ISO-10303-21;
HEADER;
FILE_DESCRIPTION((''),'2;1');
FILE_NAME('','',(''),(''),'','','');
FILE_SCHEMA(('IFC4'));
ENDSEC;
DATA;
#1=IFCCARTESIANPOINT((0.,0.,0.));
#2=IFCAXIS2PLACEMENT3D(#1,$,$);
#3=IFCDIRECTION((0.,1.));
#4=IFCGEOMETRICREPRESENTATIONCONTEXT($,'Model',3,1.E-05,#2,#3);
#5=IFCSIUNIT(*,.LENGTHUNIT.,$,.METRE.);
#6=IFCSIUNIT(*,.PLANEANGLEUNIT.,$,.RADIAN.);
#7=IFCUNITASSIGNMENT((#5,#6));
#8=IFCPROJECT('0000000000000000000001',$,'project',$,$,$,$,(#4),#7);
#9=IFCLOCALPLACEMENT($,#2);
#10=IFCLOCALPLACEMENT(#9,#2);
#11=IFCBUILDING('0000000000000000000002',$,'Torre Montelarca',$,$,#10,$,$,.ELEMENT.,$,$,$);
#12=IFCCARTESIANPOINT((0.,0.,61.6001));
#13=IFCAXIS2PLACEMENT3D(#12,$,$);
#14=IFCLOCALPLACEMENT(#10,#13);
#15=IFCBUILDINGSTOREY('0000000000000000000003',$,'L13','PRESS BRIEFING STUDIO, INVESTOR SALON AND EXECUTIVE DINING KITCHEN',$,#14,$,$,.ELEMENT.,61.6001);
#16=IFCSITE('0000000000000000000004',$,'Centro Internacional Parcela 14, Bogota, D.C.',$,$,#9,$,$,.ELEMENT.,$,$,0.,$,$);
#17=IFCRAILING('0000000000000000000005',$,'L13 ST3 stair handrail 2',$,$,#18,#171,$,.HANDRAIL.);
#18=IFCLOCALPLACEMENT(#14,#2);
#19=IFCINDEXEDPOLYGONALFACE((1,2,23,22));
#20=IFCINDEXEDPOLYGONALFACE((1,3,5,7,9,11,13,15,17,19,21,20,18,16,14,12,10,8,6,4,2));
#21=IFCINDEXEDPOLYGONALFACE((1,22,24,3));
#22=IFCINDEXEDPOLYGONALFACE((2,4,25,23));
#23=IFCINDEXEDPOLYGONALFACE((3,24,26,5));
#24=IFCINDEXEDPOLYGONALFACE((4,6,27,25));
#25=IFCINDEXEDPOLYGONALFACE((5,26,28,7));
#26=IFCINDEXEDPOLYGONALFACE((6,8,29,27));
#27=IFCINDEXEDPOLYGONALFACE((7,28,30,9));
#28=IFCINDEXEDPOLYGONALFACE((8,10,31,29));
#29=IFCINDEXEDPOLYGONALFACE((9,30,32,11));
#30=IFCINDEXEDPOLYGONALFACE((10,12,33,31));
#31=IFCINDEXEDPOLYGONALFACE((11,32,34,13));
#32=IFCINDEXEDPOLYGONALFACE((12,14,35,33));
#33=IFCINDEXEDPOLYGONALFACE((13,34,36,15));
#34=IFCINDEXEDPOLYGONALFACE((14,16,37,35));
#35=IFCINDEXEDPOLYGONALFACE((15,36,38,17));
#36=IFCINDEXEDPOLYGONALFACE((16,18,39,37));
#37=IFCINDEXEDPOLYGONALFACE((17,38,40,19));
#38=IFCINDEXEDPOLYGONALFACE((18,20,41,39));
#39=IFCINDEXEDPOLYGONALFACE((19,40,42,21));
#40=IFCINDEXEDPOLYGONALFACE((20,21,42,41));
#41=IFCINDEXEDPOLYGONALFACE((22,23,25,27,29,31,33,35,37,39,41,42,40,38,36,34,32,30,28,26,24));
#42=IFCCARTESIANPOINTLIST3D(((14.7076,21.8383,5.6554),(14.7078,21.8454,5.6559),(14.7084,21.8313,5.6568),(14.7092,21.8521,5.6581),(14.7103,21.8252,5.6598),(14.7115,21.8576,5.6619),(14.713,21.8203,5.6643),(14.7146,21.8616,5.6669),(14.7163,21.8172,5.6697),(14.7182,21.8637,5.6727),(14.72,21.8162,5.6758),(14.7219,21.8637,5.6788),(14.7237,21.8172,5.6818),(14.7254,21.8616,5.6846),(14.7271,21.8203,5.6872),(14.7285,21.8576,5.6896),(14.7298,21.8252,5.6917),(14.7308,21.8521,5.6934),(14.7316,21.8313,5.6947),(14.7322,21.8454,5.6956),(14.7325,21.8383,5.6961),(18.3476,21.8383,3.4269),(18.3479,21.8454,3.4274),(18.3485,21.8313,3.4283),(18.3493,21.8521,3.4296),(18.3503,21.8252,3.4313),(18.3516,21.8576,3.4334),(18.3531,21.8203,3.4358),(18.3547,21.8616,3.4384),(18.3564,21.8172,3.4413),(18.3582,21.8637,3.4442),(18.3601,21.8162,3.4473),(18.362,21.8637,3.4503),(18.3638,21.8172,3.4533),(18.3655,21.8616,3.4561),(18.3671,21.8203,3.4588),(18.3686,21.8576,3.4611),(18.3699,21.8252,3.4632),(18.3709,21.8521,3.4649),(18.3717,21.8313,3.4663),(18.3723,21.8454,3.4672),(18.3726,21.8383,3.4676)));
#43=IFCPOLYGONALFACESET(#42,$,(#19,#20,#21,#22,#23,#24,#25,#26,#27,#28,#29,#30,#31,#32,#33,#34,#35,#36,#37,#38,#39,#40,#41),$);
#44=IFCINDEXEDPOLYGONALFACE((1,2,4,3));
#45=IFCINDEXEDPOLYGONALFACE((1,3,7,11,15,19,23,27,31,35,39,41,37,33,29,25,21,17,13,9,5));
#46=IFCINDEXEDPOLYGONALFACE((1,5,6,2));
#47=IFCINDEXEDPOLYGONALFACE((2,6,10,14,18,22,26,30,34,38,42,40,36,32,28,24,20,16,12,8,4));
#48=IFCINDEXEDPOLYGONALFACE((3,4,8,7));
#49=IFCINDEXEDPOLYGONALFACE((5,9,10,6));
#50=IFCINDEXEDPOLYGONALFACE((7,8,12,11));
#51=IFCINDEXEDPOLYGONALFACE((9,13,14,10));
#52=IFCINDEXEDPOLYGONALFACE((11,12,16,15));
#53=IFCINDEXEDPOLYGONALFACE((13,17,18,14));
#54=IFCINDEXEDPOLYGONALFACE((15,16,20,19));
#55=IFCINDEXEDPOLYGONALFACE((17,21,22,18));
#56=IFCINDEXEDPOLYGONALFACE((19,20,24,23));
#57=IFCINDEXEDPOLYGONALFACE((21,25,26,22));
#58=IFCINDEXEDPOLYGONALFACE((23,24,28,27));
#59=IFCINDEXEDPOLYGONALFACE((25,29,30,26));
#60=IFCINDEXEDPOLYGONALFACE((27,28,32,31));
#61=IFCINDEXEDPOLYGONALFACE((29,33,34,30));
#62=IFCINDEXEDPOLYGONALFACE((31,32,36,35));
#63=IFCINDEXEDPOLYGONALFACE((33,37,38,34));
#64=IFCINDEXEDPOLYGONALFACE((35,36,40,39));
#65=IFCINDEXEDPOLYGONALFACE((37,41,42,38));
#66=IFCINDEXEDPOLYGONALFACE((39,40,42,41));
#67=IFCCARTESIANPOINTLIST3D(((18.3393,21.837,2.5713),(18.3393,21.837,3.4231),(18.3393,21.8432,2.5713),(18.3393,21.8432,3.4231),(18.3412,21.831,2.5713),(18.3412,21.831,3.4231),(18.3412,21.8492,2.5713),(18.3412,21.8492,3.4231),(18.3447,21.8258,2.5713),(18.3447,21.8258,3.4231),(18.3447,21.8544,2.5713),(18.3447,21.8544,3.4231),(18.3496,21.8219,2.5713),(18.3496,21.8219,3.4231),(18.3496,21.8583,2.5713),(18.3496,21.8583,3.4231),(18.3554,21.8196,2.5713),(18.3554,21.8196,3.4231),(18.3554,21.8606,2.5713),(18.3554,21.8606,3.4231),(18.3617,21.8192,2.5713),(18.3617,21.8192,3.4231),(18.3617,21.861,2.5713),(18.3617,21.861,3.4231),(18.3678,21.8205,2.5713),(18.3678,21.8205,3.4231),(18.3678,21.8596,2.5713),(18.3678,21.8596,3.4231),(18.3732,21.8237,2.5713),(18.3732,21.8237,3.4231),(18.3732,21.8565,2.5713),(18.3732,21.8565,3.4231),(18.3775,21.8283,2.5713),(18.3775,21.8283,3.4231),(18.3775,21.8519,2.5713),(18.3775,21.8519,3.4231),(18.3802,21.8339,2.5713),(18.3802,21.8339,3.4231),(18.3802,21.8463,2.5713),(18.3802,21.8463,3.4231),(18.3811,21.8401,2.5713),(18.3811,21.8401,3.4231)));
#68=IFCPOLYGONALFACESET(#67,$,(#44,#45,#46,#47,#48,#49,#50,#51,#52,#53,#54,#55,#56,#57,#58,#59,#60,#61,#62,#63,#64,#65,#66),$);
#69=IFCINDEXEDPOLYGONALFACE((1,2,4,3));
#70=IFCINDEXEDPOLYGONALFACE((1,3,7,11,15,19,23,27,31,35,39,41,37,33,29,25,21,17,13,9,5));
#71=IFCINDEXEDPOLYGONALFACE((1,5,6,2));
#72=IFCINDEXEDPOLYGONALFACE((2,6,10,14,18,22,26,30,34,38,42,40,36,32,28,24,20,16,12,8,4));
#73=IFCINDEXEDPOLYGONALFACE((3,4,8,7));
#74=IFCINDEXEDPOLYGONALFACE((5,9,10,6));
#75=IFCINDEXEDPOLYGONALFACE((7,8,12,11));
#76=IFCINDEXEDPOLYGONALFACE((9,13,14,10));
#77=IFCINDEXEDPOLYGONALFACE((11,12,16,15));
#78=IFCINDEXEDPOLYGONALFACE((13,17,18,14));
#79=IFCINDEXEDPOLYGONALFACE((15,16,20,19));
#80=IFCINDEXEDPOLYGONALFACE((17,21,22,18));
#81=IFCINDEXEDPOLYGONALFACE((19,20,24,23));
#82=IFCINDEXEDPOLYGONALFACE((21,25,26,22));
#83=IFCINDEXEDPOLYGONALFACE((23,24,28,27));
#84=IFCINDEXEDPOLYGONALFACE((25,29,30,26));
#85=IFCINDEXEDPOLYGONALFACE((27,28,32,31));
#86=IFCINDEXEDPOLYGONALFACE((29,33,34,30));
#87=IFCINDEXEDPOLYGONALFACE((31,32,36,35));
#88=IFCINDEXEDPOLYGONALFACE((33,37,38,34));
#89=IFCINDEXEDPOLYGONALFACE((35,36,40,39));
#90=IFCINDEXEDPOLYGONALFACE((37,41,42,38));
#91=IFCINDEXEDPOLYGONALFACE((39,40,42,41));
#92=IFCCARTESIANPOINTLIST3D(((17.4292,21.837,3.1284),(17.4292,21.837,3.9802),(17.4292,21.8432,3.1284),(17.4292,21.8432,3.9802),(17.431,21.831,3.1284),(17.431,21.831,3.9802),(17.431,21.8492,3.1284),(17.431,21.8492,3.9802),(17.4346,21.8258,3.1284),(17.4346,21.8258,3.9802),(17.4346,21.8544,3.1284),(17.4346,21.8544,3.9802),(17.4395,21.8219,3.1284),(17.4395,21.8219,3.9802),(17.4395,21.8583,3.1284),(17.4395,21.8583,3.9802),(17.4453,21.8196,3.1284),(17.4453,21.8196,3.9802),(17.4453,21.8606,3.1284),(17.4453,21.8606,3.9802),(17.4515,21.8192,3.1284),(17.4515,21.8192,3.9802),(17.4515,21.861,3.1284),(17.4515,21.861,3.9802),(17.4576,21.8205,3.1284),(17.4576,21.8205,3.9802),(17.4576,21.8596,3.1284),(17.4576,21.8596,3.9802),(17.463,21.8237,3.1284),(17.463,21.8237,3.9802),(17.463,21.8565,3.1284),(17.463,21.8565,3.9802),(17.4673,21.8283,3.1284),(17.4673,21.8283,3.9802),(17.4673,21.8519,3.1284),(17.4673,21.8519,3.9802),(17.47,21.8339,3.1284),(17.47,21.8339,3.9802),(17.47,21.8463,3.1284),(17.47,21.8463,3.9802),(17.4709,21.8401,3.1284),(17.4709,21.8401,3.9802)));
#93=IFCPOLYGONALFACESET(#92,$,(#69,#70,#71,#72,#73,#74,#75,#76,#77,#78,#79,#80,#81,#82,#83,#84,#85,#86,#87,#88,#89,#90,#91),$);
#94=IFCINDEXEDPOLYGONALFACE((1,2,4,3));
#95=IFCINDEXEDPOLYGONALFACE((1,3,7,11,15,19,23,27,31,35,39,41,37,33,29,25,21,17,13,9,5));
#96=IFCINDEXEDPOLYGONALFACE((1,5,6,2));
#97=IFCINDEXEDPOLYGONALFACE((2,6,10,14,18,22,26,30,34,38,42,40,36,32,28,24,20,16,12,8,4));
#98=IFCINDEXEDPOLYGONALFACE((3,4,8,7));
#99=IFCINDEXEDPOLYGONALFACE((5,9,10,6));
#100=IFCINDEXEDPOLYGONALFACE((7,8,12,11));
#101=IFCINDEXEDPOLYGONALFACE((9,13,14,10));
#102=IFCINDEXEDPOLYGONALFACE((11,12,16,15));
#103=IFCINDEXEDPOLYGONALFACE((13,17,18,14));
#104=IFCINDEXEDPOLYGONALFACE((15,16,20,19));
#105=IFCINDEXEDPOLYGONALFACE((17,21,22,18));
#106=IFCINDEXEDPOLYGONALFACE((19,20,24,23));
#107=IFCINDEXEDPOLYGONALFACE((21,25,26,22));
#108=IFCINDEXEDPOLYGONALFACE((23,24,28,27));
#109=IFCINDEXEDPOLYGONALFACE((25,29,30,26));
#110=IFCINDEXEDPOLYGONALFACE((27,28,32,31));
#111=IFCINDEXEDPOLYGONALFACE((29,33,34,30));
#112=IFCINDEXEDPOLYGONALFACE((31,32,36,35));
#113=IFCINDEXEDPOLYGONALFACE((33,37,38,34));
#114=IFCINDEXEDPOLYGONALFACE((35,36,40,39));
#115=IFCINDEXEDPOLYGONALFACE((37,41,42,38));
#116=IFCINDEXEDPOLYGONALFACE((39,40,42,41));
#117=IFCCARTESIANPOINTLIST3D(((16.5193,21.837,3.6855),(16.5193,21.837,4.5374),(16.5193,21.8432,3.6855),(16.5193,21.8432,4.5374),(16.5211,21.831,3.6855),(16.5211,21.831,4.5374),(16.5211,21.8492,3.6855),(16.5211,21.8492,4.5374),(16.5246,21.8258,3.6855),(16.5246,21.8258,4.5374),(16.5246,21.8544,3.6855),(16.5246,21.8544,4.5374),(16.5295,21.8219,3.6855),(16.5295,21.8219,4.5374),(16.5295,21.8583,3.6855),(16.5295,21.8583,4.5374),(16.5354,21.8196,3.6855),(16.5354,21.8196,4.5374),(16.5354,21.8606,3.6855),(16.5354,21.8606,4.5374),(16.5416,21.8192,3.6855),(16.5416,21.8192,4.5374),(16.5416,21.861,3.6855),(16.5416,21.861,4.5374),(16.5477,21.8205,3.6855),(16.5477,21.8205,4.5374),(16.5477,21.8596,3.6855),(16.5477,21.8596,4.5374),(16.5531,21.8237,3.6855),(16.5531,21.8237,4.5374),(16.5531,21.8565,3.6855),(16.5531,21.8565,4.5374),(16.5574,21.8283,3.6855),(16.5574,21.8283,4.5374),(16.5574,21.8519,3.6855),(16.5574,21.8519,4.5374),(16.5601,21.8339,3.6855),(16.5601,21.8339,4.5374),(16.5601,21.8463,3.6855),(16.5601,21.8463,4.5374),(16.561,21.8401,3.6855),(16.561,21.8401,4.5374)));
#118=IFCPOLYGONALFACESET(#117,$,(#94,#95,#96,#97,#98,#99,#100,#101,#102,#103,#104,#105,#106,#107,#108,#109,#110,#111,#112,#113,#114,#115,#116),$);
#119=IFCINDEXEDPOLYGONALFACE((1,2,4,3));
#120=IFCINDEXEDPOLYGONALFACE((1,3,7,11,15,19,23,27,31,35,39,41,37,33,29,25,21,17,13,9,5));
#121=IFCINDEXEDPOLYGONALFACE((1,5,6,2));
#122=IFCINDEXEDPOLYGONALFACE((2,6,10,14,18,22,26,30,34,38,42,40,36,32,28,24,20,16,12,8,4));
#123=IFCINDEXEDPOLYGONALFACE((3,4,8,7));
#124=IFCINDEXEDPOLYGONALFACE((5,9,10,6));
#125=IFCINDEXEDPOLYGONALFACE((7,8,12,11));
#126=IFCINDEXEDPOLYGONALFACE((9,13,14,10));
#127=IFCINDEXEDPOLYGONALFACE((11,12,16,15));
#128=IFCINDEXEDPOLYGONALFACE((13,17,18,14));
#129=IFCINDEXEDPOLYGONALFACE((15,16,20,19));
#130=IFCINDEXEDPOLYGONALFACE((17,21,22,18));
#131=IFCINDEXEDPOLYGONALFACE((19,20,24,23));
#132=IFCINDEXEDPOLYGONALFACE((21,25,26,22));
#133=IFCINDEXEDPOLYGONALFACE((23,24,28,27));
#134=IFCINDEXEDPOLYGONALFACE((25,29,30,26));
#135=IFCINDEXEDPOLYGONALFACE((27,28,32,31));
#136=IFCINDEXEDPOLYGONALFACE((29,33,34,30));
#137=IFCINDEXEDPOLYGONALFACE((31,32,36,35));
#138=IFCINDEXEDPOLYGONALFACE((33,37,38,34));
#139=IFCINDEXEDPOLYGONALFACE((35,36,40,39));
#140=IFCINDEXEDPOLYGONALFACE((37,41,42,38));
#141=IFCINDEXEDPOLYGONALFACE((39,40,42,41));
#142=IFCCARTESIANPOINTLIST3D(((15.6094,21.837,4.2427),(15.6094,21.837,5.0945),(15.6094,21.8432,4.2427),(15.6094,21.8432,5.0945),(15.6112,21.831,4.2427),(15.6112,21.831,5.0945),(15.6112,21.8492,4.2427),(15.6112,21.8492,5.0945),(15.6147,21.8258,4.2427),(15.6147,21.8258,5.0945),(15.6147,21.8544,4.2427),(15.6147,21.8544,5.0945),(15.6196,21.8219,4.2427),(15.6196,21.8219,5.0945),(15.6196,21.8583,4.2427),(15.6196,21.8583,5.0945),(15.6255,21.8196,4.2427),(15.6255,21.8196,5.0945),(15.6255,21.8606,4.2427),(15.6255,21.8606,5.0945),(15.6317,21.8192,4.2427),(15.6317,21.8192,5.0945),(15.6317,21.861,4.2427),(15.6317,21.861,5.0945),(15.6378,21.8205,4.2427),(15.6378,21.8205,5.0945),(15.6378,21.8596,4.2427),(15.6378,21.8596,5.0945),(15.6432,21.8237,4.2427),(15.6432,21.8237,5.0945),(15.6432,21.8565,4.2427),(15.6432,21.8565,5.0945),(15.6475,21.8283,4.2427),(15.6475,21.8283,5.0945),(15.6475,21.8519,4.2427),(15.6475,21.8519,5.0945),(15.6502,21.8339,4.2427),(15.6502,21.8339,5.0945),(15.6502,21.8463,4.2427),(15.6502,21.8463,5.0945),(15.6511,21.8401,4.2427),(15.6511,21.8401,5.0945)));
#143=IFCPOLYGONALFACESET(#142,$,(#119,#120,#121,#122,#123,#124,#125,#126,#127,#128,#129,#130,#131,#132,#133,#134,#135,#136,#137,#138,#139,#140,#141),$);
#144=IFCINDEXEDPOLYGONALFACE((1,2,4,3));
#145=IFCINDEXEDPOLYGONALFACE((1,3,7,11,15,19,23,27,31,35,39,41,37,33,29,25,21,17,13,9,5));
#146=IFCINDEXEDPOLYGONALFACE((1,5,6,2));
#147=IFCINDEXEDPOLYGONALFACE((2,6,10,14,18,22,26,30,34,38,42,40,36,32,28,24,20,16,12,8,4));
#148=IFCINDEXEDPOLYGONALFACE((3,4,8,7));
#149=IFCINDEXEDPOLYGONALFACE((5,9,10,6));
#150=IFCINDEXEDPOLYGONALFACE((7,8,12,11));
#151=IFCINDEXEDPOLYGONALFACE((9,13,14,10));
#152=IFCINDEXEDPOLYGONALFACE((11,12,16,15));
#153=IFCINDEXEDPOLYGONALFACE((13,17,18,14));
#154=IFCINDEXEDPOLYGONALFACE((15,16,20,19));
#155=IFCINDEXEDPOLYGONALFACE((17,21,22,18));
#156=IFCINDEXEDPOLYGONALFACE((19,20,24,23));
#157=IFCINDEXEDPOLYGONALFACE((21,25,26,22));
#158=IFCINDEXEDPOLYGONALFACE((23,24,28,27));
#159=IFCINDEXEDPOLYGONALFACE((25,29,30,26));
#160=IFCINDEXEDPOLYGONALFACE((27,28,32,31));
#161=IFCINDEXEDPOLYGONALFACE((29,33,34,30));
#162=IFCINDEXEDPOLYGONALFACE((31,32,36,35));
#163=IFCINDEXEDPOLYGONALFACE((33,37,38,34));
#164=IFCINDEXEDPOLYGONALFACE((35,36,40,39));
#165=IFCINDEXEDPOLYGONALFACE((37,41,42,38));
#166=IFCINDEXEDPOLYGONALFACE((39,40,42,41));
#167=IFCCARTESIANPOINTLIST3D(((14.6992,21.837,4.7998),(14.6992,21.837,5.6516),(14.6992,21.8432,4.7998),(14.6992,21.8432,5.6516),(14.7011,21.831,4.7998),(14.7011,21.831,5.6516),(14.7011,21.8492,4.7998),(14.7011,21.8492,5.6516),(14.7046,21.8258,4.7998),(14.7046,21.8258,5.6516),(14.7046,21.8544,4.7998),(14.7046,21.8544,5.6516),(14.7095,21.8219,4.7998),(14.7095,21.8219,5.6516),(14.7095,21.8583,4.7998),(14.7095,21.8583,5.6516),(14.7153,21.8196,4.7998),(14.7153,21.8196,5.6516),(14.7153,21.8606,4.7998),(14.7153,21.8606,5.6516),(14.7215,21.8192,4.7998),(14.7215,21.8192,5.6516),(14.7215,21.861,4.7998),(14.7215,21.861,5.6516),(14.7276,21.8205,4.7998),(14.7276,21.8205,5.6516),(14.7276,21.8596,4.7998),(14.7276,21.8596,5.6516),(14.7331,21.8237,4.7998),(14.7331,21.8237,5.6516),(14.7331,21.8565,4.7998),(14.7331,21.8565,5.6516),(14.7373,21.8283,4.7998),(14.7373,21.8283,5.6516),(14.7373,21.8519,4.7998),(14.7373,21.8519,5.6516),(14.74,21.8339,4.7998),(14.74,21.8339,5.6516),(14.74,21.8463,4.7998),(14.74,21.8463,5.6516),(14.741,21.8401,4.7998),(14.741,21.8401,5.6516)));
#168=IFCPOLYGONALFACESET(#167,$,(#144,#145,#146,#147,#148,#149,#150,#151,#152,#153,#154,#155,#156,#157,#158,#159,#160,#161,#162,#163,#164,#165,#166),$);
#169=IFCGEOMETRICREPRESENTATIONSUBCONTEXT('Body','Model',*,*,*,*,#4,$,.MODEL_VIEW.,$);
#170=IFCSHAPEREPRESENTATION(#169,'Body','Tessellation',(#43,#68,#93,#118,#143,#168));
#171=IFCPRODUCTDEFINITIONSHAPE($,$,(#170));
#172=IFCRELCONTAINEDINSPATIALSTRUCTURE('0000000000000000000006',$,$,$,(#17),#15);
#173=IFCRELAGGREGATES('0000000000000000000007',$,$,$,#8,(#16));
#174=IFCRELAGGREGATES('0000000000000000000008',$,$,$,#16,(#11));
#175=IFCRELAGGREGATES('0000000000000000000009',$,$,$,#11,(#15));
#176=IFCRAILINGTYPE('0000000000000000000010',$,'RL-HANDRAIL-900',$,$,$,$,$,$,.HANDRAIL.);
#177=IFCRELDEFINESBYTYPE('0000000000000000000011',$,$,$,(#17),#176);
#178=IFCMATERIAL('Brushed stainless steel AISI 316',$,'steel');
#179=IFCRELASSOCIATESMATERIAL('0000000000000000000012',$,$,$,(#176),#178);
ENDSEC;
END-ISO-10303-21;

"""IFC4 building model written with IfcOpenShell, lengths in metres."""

from ifc_helpers import new_model, si_unit, direction, frame, origin, origin_2d, place, context, subcontext, project, spatial, circle, extrude, material, type_object, element, save


model = new_model("IFC4")

# Units and contexts
model_context = context("Model", 3, precision=1e-05, world=origin(), true_north=direction((0.0, 1.0)))
body_context = subcontext(model_context, "Body", "Model", "MODEL_VIEW")
ifc_project = project(units=[si_unit("LENGTHUNIT", "METRE"), si_unit("PLANEANGLEUNIT", "RADIAN")], contexts=[model_context])

# Site, building, storey
site_placement = place(None, origin())
site = spatial("IfcSite", under=ifc_project, at=site_placement, Name="Centro Internacional Parcela 14, Bogota, D.C.", CompositionType="ELEMENT", RefElevation=0.0)
building_placement = place(site_placement, origin())
building = spatial("IfcBuilding", under=site, at=building_placement, Name="Torre Montelarca", CompositionType="ELEMENT")
storey_placement = place(building_placement, frame((0.0, 0.0, 61.6001)))
storey = spatial("IfcBuildingStorey", under=building, at=storey_placement, Name="L13", Description="PRESS BRIEFING STUDIO, INVESTOR SALON AND EXECUTIVE DINING KITCHEN", CompositionType="ELEMENT", Elevation=61.6001)

# Railing
ifc_material_1 = material(Name="Brushed stainless steel AISI 316", Category="steel")
railing_type_1 = type_object("IfcRailingType", Name="RL-HANDRAIL-900", PredefinedType="HANDRAIL", material=ifc_material_1)
railing_1_placement = place(storey_placement, frame((18.3601, 21.8401, 2.5713)))
element("IfcRailing", 1, at=railing_1_placement, inside=storey, type_object=railing_type_1, Name="L13 ST3 stair handrail 2", PredefinedType="HANDRAIL", context=body_context, shape_type="SweptSolid", body=[
    extrude(circle(Radius=0.0239, at=origin_2d()), frame((0.0, 0.0, 0.876), z_axis=(-0.852866, 0.0, 0.52213), x_axis=(0.0, -1.0, 0.0)), (0.0, 0.0, 1.0), 4.2681),
    extrude(circle(Radius=0.021, at=origin_2d()), origin(), (0.0, 0.0, 1.0), 0.8518),
    extrude(circle(Radius=0.021, at=origin_2d()), frame((-0.9102, 0.0, 0.5571)), (0.0, 0.0, 1.0), 0.8518),
    extrude(circle(Radius=0.021, at=origin_2d()), frame((-1.8201, 0.0, 1.1143)), (0.0, 0.0, 1.0), 0.8518),
    extrude(circle(Radius=0.021, at=origin_2d()), frame((-2.73, 0.0, 1.6714)), (0.0, 0.0, 1.0), 0.8518),
    extrude(circle(Radius=0.021, at=origin_2d()), frame((-3.6401, 0.0, 2.2285)), (0.0, 0.0, 1.0), 0.8518),
])

save(model, "model.ifc")
